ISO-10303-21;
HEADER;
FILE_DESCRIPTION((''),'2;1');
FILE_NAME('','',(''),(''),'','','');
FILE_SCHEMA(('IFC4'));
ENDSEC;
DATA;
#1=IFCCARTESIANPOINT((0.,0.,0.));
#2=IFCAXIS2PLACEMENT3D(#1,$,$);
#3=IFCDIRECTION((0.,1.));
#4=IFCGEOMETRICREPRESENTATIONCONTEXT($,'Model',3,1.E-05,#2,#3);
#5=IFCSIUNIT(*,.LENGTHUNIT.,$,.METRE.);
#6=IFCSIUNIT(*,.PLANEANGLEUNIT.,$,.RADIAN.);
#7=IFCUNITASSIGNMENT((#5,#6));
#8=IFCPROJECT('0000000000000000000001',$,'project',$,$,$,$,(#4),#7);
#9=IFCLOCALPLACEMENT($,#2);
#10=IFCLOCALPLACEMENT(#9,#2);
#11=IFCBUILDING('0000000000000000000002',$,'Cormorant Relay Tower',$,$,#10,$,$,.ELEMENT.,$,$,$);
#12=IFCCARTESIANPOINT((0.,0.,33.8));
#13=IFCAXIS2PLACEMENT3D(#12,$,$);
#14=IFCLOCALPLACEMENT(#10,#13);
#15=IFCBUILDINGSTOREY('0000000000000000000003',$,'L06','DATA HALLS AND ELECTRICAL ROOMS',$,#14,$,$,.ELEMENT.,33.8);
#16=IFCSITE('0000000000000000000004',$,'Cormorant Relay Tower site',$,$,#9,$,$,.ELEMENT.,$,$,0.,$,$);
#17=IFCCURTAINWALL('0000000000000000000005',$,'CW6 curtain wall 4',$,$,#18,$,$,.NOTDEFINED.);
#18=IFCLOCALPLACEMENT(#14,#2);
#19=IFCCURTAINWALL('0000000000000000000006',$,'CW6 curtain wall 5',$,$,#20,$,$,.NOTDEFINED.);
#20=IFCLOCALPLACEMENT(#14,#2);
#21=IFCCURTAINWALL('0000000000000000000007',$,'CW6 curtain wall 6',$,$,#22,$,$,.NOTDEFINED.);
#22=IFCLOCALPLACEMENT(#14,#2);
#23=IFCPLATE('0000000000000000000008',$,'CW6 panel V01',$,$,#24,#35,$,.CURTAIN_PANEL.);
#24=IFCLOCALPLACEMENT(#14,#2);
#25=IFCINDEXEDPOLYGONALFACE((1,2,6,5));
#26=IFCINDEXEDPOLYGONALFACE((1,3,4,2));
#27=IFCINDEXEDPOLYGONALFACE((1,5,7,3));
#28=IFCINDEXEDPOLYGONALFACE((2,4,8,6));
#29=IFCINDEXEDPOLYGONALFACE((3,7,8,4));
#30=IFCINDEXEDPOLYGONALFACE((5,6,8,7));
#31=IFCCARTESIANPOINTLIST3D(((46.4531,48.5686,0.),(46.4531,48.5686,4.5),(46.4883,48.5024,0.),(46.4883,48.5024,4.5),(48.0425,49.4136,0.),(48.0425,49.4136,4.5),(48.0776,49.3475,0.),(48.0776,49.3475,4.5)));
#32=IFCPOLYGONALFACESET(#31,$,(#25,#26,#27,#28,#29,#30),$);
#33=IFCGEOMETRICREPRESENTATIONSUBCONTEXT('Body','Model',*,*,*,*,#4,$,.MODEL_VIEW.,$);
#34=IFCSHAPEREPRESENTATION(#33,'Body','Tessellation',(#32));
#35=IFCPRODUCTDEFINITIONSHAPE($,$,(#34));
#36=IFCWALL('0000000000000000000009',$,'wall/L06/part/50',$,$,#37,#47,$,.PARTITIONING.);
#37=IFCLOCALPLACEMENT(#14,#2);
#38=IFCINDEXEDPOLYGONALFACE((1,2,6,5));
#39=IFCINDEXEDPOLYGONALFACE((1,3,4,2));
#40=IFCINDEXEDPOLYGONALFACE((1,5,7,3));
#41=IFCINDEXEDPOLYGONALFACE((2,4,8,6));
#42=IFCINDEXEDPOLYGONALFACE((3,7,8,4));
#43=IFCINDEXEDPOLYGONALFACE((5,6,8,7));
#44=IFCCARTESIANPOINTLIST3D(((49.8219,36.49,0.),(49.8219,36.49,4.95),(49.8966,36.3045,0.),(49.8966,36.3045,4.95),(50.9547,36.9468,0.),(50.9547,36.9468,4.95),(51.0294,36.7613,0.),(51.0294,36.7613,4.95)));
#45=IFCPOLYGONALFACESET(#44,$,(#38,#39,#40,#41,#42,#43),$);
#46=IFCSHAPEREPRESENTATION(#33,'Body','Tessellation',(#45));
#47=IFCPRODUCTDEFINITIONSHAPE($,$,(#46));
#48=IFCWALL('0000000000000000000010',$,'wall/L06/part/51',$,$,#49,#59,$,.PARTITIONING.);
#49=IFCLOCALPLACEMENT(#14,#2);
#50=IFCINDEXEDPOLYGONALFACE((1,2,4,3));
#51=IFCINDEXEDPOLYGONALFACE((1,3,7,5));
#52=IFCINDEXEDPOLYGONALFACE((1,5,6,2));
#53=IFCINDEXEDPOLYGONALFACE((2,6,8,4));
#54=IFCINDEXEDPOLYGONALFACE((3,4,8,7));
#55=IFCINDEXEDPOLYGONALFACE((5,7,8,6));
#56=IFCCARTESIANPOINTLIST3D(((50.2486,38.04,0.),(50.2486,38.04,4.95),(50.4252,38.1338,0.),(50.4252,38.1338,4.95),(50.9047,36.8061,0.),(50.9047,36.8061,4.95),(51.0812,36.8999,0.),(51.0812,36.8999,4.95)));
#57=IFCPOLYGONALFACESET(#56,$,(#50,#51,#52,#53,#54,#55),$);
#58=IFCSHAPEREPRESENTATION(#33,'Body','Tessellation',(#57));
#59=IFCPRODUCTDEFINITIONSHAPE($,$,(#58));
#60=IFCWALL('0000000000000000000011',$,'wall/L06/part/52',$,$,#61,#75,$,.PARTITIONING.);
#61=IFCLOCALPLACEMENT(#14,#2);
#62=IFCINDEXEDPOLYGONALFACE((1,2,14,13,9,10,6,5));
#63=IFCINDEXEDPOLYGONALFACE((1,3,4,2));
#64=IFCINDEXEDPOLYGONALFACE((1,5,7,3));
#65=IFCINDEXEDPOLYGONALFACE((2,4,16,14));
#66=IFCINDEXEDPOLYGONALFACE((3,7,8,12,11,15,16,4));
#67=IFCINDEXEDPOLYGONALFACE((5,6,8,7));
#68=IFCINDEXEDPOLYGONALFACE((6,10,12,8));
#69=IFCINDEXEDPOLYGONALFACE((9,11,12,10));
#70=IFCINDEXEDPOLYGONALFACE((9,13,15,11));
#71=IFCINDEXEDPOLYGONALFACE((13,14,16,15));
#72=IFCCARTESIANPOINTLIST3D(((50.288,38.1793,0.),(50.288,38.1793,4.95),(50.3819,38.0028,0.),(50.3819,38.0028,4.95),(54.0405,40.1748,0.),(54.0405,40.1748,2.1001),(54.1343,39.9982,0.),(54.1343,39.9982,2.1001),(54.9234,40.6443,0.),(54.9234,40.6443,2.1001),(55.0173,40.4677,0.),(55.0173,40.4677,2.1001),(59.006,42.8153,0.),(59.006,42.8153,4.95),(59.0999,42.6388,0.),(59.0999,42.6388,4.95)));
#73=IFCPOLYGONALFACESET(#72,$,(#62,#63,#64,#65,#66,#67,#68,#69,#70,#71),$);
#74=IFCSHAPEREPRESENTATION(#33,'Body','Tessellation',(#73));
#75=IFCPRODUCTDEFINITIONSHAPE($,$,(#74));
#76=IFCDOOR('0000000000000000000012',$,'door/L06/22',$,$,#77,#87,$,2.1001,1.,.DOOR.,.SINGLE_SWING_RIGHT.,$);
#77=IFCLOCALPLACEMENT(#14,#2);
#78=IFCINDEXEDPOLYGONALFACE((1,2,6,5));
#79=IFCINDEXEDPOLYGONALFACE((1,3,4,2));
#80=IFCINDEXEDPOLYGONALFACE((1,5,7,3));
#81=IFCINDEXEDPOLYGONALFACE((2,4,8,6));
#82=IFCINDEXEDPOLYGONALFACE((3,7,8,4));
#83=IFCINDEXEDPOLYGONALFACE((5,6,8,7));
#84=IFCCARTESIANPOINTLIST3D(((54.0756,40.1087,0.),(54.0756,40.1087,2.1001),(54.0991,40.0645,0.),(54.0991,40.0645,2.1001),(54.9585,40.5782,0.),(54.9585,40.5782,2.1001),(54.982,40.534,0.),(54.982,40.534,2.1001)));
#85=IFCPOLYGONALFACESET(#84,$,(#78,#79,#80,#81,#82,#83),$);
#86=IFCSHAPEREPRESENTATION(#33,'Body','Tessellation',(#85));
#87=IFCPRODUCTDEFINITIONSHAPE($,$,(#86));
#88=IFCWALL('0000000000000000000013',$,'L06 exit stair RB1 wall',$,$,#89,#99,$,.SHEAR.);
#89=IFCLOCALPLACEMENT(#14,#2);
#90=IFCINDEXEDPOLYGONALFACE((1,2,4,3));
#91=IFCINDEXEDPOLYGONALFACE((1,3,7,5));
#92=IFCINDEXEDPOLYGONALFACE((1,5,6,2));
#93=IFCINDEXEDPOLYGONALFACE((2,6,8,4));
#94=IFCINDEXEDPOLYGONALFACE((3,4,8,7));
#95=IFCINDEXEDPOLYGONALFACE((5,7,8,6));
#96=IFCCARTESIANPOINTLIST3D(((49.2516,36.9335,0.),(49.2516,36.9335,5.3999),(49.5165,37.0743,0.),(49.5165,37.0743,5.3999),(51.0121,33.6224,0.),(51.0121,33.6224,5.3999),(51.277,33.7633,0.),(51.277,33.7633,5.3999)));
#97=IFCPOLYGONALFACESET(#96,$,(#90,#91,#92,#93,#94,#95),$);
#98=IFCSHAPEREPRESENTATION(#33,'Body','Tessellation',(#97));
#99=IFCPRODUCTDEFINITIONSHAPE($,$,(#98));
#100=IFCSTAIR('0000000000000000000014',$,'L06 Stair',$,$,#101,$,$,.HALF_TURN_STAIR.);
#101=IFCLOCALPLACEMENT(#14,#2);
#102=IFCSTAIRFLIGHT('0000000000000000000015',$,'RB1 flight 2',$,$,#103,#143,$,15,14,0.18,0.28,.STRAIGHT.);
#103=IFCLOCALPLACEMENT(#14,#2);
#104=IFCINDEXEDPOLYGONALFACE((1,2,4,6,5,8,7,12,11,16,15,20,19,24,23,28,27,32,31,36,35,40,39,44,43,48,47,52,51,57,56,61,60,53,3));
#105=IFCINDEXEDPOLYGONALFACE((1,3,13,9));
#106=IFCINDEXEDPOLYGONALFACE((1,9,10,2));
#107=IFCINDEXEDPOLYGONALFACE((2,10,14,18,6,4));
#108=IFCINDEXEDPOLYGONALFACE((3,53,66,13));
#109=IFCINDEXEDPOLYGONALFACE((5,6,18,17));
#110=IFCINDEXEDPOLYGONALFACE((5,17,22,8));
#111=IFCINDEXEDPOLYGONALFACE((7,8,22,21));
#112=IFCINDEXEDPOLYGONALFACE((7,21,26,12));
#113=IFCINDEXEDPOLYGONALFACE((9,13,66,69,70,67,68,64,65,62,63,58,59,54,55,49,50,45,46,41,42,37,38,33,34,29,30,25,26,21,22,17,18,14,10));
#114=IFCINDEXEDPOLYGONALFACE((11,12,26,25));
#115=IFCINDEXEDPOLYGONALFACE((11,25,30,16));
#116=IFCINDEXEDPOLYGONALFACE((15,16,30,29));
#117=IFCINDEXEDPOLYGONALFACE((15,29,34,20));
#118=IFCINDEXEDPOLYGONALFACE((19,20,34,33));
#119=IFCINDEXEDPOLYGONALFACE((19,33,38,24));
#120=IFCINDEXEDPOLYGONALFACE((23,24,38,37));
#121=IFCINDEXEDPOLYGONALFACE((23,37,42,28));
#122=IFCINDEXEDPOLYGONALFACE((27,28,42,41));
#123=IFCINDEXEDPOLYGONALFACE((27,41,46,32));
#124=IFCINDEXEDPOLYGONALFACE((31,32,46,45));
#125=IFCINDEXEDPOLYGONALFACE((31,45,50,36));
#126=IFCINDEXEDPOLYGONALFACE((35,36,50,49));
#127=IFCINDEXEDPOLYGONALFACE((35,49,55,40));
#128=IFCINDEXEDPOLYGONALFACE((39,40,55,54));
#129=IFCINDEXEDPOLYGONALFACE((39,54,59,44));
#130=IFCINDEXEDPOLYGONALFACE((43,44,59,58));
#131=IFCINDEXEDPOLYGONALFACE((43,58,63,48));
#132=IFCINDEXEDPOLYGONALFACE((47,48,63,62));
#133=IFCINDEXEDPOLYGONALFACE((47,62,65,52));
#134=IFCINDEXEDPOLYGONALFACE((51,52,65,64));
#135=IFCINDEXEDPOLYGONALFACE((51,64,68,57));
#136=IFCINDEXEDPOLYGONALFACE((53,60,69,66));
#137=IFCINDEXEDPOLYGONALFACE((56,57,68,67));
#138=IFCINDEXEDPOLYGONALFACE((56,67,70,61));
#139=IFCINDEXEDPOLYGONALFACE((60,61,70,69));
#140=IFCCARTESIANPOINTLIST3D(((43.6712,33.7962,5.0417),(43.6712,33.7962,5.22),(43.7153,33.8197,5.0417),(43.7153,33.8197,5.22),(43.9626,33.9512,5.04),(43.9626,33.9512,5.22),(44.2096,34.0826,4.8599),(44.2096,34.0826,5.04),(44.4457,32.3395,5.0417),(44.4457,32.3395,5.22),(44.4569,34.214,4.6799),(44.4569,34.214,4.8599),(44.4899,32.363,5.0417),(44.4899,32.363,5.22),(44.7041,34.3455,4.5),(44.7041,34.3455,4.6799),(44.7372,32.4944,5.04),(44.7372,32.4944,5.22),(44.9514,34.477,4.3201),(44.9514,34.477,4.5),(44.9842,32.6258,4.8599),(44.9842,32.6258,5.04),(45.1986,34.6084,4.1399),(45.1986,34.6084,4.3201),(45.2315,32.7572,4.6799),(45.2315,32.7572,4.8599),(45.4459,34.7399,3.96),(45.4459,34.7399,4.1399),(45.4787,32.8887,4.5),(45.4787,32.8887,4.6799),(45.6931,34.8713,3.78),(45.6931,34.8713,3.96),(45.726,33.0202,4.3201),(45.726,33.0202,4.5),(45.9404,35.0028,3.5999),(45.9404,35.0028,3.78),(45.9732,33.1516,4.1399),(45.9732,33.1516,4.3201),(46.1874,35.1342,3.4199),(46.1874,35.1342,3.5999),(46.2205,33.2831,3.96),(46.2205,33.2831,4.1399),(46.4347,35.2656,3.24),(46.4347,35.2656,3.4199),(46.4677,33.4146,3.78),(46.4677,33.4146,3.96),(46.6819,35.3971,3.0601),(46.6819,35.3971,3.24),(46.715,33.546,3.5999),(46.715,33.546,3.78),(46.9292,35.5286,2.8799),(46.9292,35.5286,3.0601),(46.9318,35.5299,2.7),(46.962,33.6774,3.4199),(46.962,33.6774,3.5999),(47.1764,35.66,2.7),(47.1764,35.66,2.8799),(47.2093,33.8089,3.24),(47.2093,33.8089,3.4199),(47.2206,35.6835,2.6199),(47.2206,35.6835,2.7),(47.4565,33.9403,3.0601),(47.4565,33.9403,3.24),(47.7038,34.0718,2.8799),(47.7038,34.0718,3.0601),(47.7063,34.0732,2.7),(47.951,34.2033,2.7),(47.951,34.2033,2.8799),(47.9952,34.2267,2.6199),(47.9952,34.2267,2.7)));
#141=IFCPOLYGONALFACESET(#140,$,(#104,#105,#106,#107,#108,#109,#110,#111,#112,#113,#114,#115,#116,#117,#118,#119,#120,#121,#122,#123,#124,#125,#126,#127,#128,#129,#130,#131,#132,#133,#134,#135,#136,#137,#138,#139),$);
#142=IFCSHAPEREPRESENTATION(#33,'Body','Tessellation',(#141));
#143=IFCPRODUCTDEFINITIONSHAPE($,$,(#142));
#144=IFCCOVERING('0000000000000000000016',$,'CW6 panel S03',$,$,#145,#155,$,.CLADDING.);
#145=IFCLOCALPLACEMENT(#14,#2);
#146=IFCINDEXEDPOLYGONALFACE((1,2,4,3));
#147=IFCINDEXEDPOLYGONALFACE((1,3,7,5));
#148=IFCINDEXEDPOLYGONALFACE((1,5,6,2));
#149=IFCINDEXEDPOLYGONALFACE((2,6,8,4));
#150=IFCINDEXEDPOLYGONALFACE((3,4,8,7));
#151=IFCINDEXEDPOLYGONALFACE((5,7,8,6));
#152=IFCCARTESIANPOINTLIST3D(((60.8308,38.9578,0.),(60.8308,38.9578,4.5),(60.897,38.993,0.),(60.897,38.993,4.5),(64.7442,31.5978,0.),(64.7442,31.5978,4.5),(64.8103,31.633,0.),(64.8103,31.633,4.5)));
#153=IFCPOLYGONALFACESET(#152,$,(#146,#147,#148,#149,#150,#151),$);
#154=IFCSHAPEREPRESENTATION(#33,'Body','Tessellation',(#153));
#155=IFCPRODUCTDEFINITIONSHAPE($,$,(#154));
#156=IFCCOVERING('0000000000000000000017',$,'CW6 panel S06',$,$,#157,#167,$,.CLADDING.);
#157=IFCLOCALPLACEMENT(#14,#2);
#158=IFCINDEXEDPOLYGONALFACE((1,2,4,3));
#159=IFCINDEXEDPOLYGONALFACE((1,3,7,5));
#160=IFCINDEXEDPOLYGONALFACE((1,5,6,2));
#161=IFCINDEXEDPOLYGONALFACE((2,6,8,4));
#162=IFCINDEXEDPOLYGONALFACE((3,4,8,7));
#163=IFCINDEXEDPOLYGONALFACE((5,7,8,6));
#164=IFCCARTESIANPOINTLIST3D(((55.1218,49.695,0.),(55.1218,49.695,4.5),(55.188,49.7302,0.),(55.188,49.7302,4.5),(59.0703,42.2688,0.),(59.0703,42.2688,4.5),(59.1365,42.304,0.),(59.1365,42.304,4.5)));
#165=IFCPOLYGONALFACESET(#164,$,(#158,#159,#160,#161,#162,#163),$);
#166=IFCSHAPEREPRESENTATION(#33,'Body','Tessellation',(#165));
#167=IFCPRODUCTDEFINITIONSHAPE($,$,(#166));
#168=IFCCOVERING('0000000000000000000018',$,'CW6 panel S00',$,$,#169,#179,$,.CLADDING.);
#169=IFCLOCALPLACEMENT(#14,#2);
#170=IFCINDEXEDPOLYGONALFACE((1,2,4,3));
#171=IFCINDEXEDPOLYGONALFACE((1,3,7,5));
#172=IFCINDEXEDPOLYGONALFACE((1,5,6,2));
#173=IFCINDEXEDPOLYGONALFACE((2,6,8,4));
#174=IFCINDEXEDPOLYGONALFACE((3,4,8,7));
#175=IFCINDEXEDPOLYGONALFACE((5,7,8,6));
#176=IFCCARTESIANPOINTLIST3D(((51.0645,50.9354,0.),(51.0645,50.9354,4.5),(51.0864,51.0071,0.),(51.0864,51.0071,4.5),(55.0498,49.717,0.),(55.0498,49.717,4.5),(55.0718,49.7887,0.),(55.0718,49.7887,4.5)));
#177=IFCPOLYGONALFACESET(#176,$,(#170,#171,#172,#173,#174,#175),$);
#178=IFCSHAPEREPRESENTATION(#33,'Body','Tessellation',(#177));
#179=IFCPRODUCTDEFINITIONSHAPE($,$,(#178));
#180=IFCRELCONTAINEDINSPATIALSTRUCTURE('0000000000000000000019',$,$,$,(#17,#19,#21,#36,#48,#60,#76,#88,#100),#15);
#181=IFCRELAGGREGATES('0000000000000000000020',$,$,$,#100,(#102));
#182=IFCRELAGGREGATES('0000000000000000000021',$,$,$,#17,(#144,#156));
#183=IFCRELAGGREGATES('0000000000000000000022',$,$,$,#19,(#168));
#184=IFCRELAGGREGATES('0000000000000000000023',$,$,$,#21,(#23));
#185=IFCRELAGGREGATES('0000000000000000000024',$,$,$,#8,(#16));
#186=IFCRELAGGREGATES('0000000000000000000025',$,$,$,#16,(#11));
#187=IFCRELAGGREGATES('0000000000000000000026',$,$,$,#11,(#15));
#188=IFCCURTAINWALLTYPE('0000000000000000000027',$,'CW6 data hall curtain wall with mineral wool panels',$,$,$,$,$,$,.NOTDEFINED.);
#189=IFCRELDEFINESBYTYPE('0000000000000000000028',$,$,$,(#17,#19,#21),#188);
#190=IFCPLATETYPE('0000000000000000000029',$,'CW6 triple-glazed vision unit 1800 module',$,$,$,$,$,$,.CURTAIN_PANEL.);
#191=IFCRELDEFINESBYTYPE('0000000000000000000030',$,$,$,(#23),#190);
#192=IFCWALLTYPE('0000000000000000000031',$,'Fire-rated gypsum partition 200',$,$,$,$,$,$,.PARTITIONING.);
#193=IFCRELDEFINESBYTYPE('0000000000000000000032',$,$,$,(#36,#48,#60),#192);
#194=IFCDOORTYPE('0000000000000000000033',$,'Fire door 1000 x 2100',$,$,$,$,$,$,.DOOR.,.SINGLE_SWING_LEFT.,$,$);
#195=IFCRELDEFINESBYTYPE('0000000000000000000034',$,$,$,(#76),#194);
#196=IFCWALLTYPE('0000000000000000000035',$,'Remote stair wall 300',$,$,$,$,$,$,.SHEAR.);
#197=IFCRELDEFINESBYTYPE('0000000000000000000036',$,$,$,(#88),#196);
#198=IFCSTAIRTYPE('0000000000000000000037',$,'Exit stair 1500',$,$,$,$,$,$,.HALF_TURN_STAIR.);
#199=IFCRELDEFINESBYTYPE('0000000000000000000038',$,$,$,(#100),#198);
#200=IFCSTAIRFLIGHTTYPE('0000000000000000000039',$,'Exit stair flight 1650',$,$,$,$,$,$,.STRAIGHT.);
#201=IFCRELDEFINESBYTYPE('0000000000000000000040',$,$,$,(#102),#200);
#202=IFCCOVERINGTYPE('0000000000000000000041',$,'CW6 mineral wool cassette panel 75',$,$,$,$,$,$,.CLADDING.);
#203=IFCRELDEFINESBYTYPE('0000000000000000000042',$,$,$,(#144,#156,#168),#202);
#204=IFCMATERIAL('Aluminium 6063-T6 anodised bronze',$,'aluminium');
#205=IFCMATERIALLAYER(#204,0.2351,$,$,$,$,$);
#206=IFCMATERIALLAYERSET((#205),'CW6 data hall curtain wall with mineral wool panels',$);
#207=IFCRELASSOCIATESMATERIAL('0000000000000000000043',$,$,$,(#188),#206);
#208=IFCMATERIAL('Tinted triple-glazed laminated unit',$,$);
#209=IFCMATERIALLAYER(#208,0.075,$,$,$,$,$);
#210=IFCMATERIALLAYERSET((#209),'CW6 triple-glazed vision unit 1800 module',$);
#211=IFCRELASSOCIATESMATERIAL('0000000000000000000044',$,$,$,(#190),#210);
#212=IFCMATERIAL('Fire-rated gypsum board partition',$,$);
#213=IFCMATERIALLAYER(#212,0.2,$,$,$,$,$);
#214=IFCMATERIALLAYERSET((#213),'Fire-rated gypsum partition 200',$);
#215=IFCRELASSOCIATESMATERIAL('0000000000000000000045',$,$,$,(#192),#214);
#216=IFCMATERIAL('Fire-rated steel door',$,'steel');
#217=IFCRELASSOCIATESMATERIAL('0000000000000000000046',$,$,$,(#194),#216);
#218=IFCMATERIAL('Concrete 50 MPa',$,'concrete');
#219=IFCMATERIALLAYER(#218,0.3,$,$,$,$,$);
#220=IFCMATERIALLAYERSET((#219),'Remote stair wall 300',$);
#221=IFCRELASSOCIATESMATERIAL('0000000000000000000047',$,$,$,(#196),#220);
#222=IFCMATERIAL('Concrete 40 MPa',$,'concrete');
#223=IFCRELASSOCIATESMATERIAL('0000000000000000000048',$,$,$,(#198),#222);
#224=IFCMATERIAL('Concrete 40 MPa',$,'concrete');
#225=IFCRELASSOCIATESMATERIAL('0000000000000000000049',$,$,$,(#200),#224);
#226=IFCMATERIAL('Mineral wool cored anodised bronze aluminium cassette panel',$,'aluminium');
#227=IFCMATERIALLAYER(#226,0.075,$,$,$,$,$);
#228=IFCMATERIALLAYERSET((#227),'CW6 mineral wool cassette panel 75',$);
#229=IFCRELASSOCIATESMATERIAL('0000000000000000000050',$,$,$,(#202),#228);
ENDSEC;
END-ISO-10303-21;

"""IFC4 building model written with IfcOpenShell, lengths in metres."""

from ifc_helpers import new_model, si_unit, direction, frame, frame_2d, origin, origin_2d, place, context, subcontext, project, spatial, polyline, rectangle, outline, extrude, material, layer, layer_set, type_object, element, fill, aggregate, save


model = new_model("IFC4")

# Units and contexts
model_context = context("Model", 3, precision=1e-05, world=origin(), true_north=direction((0.0, 1.0)))
body_context = subcontext(model_context, "Body", "Model", "MODEL_VIEW")
ifc_project = project(units=[si_unit("LENGTHUNIT", "METRE"), si_unit("PLANEANGLEUNIT", "RADIAN")], contexts=[model_context])

# Site, building, storey
site_placement = place(None, origin())
site = spatial("IfcSite", under=ifc_project, at=site_placement, Name="Cormorant Relay Tower site", CompositionType="ELEMENT", RefElevation=0.0)
building_placement = place(site_placement, origin())
building = spatial("IfcBuilding", under=site, at=building_placement, Name="Cormorant Relay Tower", CompositionType="ELEMENT")
storey_placement = place(building_placement, frame((0.0, 0.0, 33.8)))
storey = spatial("IfcBuildingStorey", under=building, at=storey_placement, Name="L06", Description="DATA HALLS AND ELECTRICAL ROOMS", CompositionType="ELEMENT", Elevation=33.8)

# Curtain wall
ifc_material_1 = material(Name="Aluminium 6063-T6 anodised bronze", Category="aluminium")
ifc_layer_1 = layer(ifc_material_1, 0.2351)
ifc_layer_set_1 = layer_set([ifc_layer_1], Name="CW6 data hall curtain wall with mineral wool panels")
curtain_wall_type = type_object("IfcCurtainWallType", Name="CW6 data hall curtain wall with mineral wool panels", PredefinedType="NOTDEFINED", material=ifc_layer_set_1)
curtain_wall_1_placement = place(storey_placement, origin())
curtain_wall_1 = element("IfcCurtainWall", 1, at=curtain_wall_1_placement, inside=storey, type_object=curtain_wall_type, Name="CW6 curtain wall 4", PredefinedType="NOTDEFINED")

# Curtain wall
curtain_wall_2_placement = place(storey_placement, origin())
curtain_wall_2 = element("IfcCurtainWall", 2, at=curtain_wall_2_placement, inside=storey, type_object=curtain_wall_type, Name="CW6 curtain wall 5", PredefinedType="NOTDEFINED")

# Curtain wall
curtain_wall_3_placement = place(storey_placement, origin())
curtain_wall_3 = element("IfcCurtainWall", 3, at=curtain_wall_3_placement, inside=storey, type_object=curtain_wall_type, Name="CW6 curtain wall 6", PredefinedType="NOTDEFINED")

# Plate
ifc_material_2 = material(Name="Tinted triple-glazed laminated unit")
ifc_layer_2 = layer(ifc_material_2, 0.075)
ifc_layer_set_2 = layer_set([ifc_layer_2], Name="CW6 triple-glazed vision unit 1800 module")
plate_type = type_object("IfcPlateType", Name="CW6 triple-glazed vision unit 1800 module", PredefinedType="CURTAIN_PANEL", material=ifc_layer_set_2)
plate_1_placement = place(storey_placement, frame((47.2654, 48.958, 0.0), z_axis=(0.0, 0.0, 1.0), x_axis=(-0.882948, -0.469472, 0.0)))
plate_1 = element("IfcPlate", 4, at=plate_1_placement, type_object=plate_type, Name="CW6 panel V01", PredefinedType="CURTAIN_PANEL", context=body_context, shape_type="SweptSolid", body=[
    extrude(rectangle(XDim=1.8, YDim=0.075, at=origin_2d()), origin(), (0.0, 0.0, 1.0), 4.5),
])

# Walls
ifc_material_3 = material(Name="Fire-rated gypsum board partition")
ifc_layer_3 = layer(ifc_material_3, 0.2)
ifc_layer_set_3 = layer_set([ifc_layer_3], Name="Fire-rated gypsum partition 200")
wall_type_1 = type_object("IfcWallType", Name="Fire-rated gypsum partition 200", PredefinedType="PARTITIONING", material=ifc_layer_set_3)
wall_1_placement = place(storey_placement, frame((49.8591, 36.3972, 0.0), z_axis=(0.0, 0.0, 1.0), x_axis=(0.927439, 0.373974, 0.0)))
element("IfcWall", 5, at=wall_1_placement, inside=storey, type_object=wall_type_1, Name="wall/L06/part/50", PredefinedType="PARTITIONING", context=body_context, shape_type="SweptSolid", body=[
    extrude(rectangle(XDim=1.2214, YDim=0.2, at=frame_2d((0.6108, 0.0))), origin(), (0.0, 0.0, 1.0), 4.95),
])
wall_2_placement = place(storey_placement, frame((50.3369, 38.0869, 0.0), z_axis=(0.0, 0.0, 1.0), x_axis=(0.469436, -0.882966, 0.0)))
element("IfcWall", 6, at=wall_2_placement, inside=storey, type_object=wall_type_1, Name="wall/L06/part/51", PredefinedType="PARTITIONING", context=body_context, shape_type="SweptSolid", body=[
    extrude(rectangle(XDim=1.3975, YDim=0.2, at=frame_2d((0.6987, 0.0))), origin(), (0.0, 0.0, 1.0), 4.95),
])

# Wall, opening, door
wall_3_placement = place(storey_placement, frame((50.335, 38.0911, 0.0), z_axis=(0.0, 0.0, 1.0), x_axis=(0.882925, 0.469514, 0.0)))
wall_3 = element("IfcWall", 7, at=wall_3_placement, inside=storey, type_object=wall_type_1, Name="wall/L06/part/52", PredefinedType="PARTITIONING", context=body_context, shape_type="SweptSolid", body=[
    extrude(rectangle(XDim=9.874, YDim=0.2, at=frame_2d((4.937, 0.0))), origin(), (0.0, 0.0, 1.0), 4.95),
])
opening_placement = place(wall_3_placement, frame((4.25, 0.0, 0.0)))
opening = element("IfcOpeningElement", 8, at=opening_placement, cuts=wall_3, PredefinedType="OPENING", context=body_context, shape_type="SweptSolid", body=[
    extrude(rectangle(XDim=1.0, YDim=2.1001, at=frame_2d((0.5, 1.05))), frame((0.0, 0.1099, 0.0), z_axis=(0.0, -1.0, 0.0), x_axis=(1.0, 0.0, 0.0)), (0.0, 0.0, 1.0), 0.22),
])
ifc_material_4 = material(Name="Fire-rated steel door", Category="steel")
door_type = type_object("IfcDoorType", Name="Fire door 1000 x 2100", OperationType="SINGLE_SWING_LEFT", PredefinedType="DOOR", material=ifc_material_4)
door_placement = place(opening_placement, frame((1.0, 0.0, 0.0), z_axis=(0.0, 0.0, 1.0), x_axis=(-1.0, 0.0, 0.0)))
door = element("IfcDoor", 9, at=door_placement, inside=storey, type_object=door_type, Name="door/L06/22", OperationType="SINGLE_SWING_RIGHT", OverallHeight=2.1001, OverallWidth=1.0, PredefinedType="DOOR", context=body_context, shape_type="SweptSolid", body=[
    extrude(rectangle(XDim=1.0, YDim=2.1001, at=frame_2d((0.5, 1.05))), frame((0.0, 0.0249, 0.0), z_axis=(0.0, -1.0, 0.0), x_axis=(1.0, 0.0, 0.0)), (0.0, 0.0, 1.0), 0.05),
])
fill(opening, door)

# Wall
ifc_material_5 = material(Name="Concrete 50 MPa", Category="concrete")
ifc_layer_4 = layer(ifc_material_5, 0.3)
ifc_layer_set_4 = layer_set([ifc_layer_4], Name="Remote stair wall 300")
wall_type_2 = type_object("IfcWallType", Name="Remote stair wall 300", PredefinedType="SHEAR", material=ifc_layer_set_4)
wall_4_placement = place(storey_placement, frame((49.384, 37.0039, 0.0), z_axis=(0.0, 0.0, 1.0), x_axis=(0.469469, -0.882949, 0.0)))
element("IfcWall", 10, at=wall_4_placement, inside=storey, type_object=wall_type_2, Name="L06 exit stair RB1 wall", PredefinedType="SHEAR", context=body_context, shape_type="SweptSolid", body=[
    extrude(rectangle(XDim=3.75, YDim=0.3, at=frame_2d((1.875, 0.0))), origin(), (0.0, 0.0, 1.0), 5.3999),
])

# Stair, stair flight
ifc_material_6 = material(Name="Concrete 40 MPa", Category="concrete")
stair_type = type_object("IfcStairType", Name="Exit stair 1500", PredefinedType="HALF_TURN_STAIR", material=ifc_material_6)
stair_placement = place(storey_placement, origin())
stair = element("IfcStair", 11, at=stair_placement, inside=storey, type_object=stair_type, Name="L06 Stair", PredefinedType="HALF_TURN_STAIR")
ifc_material_7 = material(Name="Concrete 40 MPa", Category="concrete")
stair_flight_type = type_object("IfcStairFlightType", Name="Exit stair flight 1650", PredefinedType="STRAIGHT", material=ifc_material_7)
stair_flight_placement = place(storey_placement, frame((47.5637, 34.9316, 2.7), z_axis=(0.0, 0.0, 1.0), x_axis=(-0.882948, -0.469472, 0.0)))
stair_flight = element("IfcStairFlight", 12, at=stair_flight_placement, type_object=stair_flight_type, Name="RB1 flight 2", NumberOfRisers=15, NumberOfTreads=14, PredefinedType="STRAIGHT", RiserHeight=0.18, TreadLength=0.28, context=body_context, shape_type="SweptSolid", body=[
    extrude(outline(polyline([(-0.05, -0.0801), (-0.05, 0.0), (0.0, 0.0), (0.0, 0.1799), (0.28, 0.1799), (0.28, 0.3601), (0.5601, 0.3601), (0.5601, 0.54), (0.8401, 0.54), (0.8401, 0.72), (1.1201, 0.72), (1.1201, 0.8999), (1.3999, 0.8999), (1.3999, 1.0801), (1.6799, 1.0801), (1.6799, 1.26), (1.96, 1.26), (1.96, 1.4399), (2.24, 1.4399), (2.24, 1.6201), (2.52, 1.6201), (2.52, 1.8), (2.8, 1.8), (2.8, 1.98), (3.0801, 1.98), (3.0801, 2.1599), (3.3601, 2.1599), (3.3601, 2.3401), (3.6399, 2.3401), (3.6399, 2.52), (3.9199, 2.52), (3.97, 2.52), (3.97, 2.3418), (3.9199, 2.3418), (0.2771, 0.0), (-0.05, -0.0801)])), frame((0.0, 0.825, 0.0), z_axis=(0.0, -1.0, 0.0), x_axis=(1.0, 0.0, 0.0)), (0.0, 0.0, 1.0), 1.6499),
])
aggregate(stair, [stair_flight])

# Coverings
ifc_material_8 = material(Name="Mineral wool cored anodised bronze aluminium cassette panel", Category="aluminium")
ifc_layer_5 = layer(ifc_material_8, 0.075)
ifc_layer_set_5 = layer_set([ifc_layer_5], Name="CW6 mineral wool cassette panel 75")
covering_type = type_object("IfcCoveringType", Name="CW6 mineral wool cassette panel 75", PredefinedType="CLADDING", material=ifc_layer_set_5)
covering_1_placement = place(storey_placement, frame((62.8206, 35.2954, 0.0), z_axis=(0.0, 0.0, 1.0), x_axis=(-0.469472, 0.882948, 0.0)))
covering_1 = element("IfcCovering", 13, at=covering_1_placement, type_object=covering_type, Name="CW6 panel S03", PredefinedType="CLADDING", context=body_context, shape_type="SweptSolid", body=[
    extrude(rectangle(XDim=8.3357, YDim=0.075, at=origin_2d()), origin(), (0.0, 0.0, 1.0), 4.5),
])
covering_2_placement = place(storey_placement, frame((57.1292, 45.9995, 0.0), z_axis=(0.0, 0.0, 1.0), x_axis=(-0.469472, 0.882948, 0.0)))
covering_2 = element("IfcCovering", 14, at=covering_2_placement, type_object=covering_type, Name="CW6 panel S06", PredefinedType="CLADDING", context=body_context, shape_type="SweptSolid", body=[
    extrude(rectangle(XDim=8.4106, YDim=0.075, at=origin_2d()), origin(), (0.0, 0.0, 1.0), 4.5),
])
aggregate(curtain_wall_1, [covering_1, covering_2])
covering_3_placement = place(storey_placement, frame((53.0681, 50.3621, 0.0), z_axis=(0.0, 0.0, 1.0), x_axis=(-0.956305, 0.292372, 0.0)))
covering_3 = element("IfcCovering", 15, at=covering_3_placement, type_object=covering_type, Name="CW6 panel S00", PredefinedType="CLADDING", context=body_context, shape_type="SweptSolid", body=[
    extrude(rectangle(XDim=4.1675, YDim=0.075, at=origin_2d()), origin(), (0.0, 0.0, 1.0), 4.5),
])
aggregate(curtain_wall_2, [covering_3])
aggregate(curtain_wall_3, [plate_1])

save(model, "model.ifc")
